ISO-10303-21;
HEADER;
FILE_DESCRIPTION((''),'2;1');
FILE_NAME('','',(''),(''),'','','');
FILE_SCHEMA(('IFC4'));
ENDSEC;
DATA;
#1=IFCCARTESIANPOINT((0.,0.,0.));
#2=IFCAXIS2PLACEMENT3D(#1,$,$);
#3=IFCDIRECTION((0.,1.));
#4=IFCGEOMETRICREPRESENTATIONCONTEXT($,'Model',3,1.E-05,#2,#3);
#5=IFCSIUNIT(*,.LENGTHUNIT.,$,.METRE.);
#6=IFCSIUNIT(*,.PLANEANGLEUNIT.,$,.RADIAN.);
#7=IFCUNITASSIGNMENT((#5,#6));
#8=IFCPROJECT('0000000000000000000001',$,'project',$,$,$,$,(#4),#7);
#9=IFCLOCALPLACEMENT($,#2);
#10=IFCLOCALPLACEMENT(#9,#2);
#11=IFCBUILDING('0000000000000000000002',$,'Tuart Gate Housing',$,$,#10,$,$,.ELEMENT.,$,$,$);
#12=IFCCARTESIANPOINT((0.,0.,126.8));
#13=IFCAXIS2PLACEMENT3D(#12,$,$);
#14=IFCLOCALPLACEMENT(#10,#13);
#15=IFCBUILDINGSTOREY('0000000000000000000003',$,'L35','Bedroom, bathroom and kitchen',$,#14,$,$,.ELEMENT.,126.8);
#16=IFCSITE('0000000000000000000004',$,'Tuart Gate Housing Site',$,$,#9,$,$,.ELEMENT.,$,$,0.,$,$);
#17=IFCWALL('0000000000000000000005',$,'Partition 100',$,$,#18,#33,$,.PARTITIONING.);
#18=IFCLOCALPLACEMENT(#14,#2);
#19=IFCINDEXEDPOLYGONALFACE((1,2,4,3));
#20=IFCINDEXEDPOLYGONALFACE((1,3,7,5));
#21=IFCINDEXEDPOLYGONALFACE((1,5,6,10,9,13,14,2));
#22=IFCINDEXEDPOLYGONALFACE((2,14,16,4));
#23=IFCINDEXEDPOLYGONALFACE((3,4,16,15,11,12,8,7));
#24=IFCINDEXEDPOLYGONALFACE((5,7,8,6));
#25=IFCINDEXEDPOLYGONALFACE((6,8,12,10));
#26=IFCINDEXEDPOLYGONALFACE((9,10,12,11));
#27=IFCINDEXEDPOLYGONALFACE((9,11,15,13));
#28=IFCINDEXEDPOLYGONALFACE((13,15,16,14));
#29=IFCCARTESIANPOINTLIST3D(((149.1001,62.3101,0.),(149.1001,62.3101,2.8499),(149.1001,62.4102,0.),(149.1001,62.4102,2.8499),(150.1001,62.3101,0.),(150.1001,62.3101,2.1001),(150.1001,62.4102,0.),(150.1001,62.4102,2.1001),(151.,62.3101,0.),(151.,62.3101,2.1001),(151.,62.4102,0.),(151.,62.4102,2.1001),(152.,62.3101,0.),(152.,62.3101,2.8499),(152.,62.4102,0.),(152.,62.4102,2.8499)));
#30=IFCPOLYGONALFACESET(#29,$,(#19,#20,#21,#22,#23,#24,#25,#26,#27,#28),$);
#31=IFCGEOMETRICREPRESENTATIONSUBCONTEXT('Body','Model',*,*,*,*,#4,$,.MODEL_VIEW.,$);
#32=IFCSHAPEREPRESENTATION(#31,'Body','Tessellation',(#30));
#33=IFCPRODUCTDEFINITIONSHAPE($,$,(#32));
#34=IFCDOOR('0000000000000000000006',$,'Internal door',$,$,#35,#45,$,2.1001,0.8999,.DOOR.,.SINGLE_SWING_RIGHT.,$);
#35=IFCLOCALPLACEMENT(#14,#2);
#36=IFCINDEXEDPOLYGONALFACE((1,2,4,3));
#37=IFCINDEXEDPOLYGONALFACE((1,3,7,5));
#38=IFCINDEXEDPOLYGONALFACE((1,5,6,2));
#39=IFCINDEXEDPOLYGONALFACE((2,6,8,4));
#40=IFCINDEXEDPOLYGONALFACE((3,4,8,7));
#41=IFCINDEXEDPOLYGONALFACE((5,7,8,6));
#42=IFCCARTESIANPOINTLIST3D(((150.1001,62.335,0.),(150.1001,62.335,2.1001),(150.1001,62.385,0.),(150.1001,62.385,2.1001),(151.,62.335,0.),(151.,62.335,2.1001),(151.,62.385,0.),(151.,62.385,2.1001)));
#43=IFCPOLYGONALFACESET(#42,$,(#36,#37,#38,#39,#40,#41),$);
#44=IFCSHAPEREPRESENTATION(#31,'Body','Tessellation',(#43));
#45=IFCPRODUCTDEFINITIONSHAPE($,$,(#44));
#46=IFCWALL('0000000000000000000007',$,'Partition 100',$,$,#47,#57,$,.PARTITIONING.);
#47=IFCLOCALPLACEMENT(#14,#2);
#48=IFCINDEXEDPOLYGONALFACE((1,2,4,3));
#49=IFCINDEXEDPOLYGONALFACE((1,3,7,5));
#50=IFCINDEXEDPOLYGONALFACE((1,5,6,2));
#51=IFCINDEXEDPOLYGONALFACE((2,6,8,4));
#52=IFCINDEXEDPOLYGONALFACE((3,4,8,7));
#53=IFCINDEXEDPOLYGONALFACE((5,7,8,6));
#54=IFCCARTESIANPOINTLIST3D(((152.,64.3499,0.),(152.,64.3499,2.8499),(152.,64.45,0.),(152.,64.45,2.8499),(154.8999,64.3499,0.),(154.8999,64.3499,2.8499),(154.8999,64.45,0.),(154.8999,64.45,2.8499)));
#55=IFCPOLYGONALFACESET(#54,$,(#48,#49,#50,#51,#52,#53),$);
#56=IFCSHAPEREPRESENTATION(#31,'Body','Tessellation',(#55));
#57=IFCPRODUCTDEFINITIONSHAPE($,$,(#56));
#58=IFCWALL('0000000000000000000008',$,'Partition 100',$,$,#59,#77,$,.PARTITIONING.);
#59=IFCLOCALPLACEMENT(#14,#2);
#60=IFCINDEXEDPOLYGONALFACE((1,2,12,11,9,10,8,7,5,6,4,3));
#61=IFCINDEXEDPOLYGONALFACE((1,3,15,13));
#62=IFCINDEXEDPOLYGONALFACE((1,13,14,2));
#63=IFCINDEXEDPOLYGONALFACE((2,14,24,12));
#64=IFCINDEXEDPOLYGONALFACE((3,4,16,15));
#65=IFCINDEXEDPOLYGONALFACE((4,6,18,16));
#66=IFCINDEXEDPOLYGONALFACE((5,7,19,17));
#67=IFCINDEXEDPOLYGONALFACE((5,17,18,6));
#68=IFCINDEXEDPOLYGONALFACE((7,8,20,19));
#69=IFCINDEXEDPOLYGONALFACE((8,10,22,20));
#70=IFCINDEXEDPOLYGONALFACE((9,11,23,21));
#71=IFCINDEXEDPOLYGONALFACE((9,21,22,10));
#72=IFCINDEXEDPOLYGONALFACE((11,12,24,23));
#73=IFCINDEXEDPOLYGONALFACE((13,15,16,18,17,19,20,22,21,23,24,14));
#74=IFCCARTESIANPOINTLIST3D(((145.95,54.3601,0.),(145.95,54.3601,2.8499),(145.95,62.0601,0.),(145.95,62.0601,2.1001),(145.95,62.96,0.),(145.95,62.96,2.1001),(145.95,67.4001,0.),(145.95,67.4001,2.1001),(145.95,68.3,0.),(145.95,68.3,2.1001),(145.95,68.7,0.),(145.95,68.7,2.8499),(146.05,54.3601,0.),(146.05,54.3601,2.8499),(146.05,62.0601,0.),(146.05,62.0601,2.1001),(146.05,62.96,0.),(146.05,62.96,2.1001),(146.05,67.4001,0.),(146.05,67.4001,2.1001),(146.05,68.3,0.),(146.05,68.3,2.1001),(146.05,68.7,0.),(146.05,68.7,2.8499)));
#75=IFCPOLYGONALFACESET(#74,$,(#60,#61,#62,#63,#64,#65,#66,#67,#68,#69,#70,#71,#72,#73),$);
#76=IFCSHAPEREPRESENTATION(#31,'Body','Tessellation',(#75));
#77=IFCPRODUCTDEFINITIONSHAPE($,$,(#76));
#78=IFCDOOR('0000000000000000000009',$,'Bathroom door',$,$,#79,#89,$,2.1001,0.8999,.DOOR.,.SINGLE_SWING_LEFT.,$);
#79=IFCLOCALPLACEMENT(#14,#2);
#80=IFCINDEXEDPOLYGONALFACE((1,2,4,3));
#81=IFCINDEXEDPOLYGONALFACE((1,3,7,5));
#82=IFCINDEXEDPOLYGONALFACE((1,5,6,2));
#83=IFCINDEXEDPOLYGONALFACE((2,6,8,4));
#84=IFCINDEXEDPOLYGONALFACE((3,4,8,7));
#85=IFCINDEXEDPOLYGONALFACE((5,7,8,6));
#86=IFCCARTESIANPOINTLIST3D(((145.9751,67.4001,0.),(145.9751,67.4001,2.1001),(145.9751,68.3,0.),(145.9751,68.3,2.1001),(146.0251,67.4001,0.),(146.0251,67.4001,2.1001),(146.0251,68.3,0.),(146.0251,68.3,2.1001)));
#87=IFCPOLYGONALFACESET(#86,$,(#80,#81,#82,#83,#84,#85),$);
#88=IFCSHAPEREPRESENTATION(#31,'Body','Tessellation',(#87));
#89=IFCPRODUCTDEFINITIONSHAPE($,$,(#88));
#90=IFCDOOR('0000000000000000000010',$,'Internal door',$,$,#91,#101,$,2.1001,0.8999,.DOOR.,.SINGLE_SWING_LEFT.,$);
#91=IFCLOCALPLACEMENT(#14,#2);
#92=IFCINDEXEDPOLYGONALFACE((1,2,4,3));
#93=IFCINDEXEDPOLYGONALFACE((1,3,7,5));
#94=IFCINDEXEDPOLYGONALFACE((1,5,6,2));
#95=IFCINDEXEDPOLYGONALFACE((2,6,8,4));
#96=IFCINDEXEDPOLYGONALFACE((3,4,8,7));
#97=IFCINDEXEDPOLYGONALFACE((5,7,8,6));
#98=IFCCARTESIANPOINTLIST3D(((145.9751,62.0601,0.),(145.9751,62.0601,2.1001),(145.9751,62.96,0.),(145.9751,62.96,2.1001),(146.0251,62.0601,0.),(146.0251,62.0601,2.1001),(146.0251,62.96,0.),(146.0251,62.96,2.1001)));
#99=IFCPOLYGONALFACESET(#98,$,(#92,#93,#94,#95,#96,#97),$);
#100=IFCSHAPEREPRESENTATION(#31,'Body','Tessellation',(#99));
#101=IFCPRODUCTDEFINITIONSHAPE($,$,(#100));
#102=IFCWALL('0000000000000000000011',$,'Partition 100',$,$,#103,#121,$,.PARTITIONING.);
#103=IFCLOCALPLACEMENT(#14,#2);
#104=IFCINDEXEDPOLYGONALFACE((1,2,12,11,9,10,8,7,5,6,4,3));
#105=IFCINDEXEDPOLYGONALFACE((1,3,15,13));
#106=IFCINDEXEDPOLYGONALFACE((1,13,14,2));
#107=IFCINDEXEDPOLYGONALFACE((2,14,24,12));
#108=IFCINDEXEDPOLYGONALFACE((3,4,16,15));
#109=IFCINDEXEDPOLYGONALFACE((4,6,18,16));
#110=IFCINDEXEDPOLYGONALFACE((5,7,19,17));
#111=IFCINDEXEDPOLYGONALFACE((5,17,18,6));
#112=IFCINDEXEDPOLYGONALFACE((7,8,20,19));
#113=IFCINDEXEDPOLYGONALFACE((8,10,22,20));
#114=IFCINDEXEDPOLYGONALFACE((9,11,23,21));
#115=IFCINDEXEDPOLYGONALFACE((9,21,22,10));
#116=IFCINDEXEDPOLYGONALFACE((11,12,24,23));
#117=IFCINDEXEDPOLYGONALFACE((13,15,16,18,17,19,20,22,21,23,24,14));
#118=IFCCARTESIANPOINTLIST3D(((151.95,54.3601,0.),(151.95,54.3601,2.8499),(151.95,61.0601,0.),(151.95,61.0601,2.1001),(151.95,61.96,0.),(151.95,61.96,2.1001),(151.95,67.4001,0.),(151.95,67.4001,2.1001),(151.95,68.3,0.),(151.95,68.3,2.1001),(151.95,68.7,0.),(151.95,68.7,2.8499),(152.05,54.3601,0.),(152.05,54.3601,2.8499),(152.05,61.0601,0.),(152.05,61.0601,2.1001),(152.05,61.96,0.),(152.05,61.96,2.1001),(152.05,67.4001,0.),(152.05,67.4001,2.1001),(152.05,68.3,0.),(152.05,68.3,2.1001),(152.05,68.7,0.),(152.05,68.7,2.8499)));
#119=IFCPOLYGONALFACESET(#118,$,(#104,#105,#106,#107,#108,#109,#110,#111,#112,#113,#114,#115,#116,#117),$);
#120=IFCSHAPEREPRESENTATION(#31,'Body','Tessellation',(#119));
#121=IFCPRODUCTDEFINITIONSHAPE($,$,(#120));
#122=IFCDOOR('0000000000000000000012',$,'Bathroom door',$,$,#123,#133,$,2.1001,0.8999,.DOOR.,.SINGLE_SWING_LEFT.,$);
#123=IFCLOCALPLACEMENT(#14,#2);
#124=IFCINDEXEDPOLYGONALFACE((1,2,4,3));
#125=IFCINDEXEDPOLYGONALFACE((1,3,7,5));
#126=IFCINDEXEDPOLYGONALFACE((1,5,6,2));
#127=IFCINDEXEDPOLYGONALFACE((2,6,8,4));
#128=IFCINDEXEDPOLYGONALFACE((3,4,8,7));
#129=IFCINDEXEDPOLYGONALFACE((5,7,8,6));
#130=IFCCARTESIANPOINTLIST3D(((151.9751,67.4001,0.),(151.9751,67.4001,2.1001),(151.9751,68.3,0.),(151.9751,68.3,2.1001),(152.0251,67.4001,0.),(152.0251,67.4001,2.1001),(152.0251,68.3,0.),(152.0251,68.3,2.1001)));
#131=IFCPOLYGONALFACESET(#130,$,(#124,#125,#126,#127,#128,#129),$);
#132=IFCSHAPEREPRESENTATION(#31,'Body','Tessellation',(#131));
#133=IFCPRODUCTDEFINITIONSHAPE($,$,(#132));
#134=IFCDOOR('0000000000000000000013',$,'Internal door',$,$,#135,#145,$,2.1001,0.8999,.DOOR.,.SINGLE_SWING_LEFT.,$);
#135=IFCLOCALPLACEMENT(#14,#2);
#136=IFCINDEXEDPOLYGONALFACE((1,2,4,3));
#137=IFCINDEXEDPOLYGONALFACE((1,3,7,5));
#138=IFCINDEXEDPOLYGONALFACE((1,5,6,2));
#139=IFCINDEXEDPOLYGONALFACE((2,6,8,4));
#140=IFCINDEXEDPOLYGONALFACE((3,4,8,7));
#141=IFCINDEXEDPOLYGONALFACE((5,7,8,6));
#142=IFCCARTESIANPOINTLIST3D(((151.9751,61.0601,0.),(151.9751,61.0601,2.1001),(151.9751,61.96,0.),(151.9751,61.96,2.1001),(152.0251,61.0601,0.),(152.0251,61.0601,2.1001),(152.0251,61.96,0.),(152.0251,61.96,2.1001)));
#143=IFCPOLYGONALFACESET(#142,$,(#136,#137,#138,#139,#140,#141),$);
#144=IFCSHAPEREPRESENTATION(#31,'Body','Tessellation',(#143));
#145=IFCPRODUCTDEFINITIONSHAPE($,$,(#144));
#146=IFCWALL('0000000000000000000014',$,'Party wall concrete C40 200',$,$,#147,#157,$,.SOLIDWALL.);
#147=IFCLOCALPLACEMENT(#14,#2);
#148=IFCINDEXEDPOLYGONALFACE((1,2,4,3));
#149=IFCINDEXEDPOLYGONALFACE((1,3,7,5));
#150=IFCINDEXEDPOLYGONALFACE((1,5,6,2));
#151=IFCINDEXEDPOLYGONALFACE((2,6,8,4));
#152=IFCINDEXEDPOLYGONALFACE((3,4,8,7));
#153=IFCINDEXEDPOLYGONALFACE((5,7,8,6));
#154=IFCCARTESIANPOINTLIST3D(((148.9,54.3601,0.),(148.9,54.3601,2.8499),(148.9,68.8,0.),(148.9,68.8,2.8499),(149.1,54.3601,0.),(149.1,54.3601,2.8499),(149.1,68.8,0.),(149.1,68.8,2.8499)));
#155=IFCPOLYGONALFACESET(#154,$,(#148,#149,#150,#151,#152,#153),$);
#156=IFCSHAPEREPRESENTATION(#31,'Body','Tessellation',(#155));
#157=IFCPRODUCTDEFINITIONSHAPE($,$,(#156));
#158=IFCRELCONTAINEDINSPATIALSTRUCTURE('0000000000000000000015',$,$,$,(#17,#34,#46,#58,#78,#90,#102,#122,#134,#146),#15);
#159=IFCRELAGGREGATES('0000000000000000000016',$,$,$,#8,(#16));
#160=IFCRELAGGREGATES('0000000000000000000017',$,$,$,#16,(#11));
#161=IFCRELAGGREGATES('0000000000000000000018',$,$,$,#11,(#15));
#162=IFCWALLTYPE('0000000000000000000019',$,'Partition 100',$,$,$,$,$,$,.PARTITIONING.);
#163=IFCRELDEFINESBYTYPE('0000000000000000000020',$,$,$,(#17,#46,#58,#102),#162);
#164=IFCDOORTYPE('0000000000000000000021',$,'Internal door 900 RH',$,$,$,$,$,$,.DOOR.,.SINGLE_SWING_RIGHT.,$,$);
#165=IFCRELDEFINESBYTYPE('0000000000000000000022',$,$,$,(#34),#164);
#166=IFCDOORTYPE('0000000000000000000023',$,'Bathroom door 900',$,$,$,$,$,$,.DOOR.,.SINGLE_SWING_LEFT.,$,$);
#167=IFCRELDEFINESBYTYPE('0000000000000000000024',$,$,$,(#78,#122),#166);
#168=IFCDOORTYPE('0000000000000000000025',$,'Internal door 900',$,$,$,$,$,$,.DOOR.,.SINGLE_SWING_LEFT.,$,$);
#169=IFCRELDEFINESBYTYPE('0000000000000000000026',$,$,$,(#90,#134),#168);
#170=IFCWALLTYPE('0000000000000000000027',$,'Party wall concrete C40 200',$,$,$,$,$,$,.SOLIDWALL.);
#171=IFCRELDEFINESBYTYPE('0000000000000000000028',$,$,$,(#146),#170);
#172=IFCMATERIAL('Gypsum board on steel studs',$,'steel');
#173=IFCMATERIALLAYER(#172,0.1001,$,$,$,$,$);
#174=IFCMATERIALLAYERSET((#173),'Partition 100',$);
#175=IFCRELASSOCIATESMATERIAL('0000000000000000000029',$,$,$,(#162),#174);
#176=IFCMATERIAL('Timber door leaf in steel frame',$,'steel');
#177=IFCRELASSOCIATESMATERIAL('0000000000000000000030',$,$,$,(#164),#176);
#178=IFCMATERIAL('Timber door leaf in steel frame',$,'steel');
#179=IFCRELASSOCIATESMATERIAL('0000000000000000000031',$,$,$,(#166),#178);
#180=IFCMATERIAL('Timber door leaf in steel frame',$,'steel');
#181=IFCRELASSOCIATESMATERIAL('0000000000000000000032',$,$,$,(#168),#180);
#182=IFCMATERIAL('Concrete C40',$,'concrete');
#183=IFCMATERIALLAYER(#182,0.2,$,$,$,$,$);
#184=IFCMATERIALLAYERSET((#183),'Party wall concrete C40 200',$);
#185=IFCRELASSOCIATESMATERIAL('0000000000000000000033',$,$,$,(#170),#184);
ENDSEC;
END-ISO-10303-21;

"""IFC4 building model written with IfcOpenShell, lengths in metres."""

from ifc_helpers import new_model, si_unit, direction, frame, frame_2d, origin, place, context, subcontext, project, spatial, rectangle, extrude, material, layer, layer_set, type_object, element, fill, save


model = new_model("IFC4")

# Units and contexts
model_context = context("Model", 3, precision=1e-05, world=origin(), true_north=direction((0.0, 1.0)))
body_context = subcontext(model_context, "Body", "Model", "MODEL_VIEW")
ifc_project = project(units=[si_unit("LENGTHUNIT", "METRE"), si_unit("PLANEANGLEUNIT", "RADIAN")], contexts=[model_context])

# Site, building, storey
site_placement = place(None, origin())
site = spatial("IfcSite", under=ifc_project, at=site_placement, Name="Tuart Gate Housing Site", CompositionType="ELEMENT", RefElevation=0.0)
building_placement = place(site_placement, origin())
building = spatial("IfcBuilding", under=site, at=building_placement, Name="Tuart Gate Housing", CompositionType="ELEMENT")
storey_placement = place(building_placement, frame((0.0, 0.0, 126.8)))
storey = spatial("IfcBuildingStorey", under=building, at=storey_placement, Name="L35", Description="Bedroom, bathroom and kitchen", CompositionType="ELEMENT", Elevation=126.8)

# Shared definitions
ifc_material_1 = material(Name="Gypsum board on steel studs", Category="steel")
ifc_layer_1 = layer(ifc_material_1, 0.1001)
ifc_layer_set_1 = layer_set([ifc_layer_1], Name="Partition 100")
wall_type_1 = type_object("IfcWallType", Name="Partition 100", PredefinedType="PARTITIONING", material=ifc_layer_set_1)

# Wall, opening, door
wall_1_placement = place(storey_placement, frame((149.1001, 62.3601, 0.0), z_axis=(0.0, 0.0, 1.0), x_axis=(1.0, 0.0, 0.0)))
wall_1 = element("IfcWall", 1, at=wall_1_placement, inside=storey, type_object=wall_type_1, Name="Partition 100", PredefinedType="PARTITIONING", context=body_context, shape_type="SweptSolid", body=[
    extrude(rectangle(XDim=2.8999, YDim=0.1001, at=frame_2d((1.45, 0.0))), origin(), (0.0, 0.0, 1.0), 2.8499),
])
opening_1_placement = place(wall_1_placement, frame((1.0, 0.0, 0.0)))
opening_1 = element("IfcOpeningElement", 2, at=opening_1_placement, cuts=wall_1, PredefinedType="OPENING", context=body_context, shape_type="SweptSolid", body=[
    extrude(rectangle(XDim=0.8999, YDim=2.1001, at=frame_2d((0.45, 1.05))), frame((0.0, 0.0601, 0.0), z_axis=(0.0, -1.0, 0.0), x_axis=(1.0, 0.0, 0.0)), (0.0, 0.0, 1.0), 0.1201),
])
ifc_material_2 = material(Name="Timber door leaf in steel frame", Category="steel")
door_type_1 = type_object("IfcDoorType", Name="Internal door 900 RH", OperationType="SINGLE_SWING_RIGHT", PredefinedType="DOOR", material=ifc_material_2)
door_1_placement = place(opening_1_placement, origin())
door_1 = element("IfcDoor", 3, at=door_1_placement, inside=storey, type_object=door_type_1, Name="Internal door", OperationType="SINGLE_SWING_RIGHT", OverallHeight=2.1001, OverallWidth=0.8999, PredefinedType="DOOR", context=body_context, shape_type="SweptSolid", body=[
    extrude(rectangle(XDim=0.8999, YDim=2.1001, at=frame_2d((0.45, 1.05))), frame((0.0, 0.0249, 0.0), z_axis=(0.0, -1.0, 0.0), x_axis=(1.0, 0.0, 0.0)), (0.0, 0.0, 1.0), 0.05),
])
fill(opening_1, door_1)

# Wall
wall_2_placement = place(storey_placement, frame((152.0, 64.3999, 0.0), z_axis=(0.0, 0.0, 1.0), x_axis=(1.0, 0.0, 0.0)))
element("IfcWall", 4, at=wall_2_placement, inside=storey, type_object=wall_type_1, Name="Partition 100", PredefinedType="PARTITIONING", context=body_context, shape_type="SweptSolid", body=[
    extrude(rectangle(XDim=2.8999, YDim=0.1001, at=frame_2d((1.45, 0.0))), origin(), (0.0, 0.0, 1.0), 2.8499),
])

# Walls, openings, doors
wall_3_placement = place(storey_placement, frame((146.0, 54.3601, 0.0), z_axis=(0.0, 0.0, 1.0), x_axis=(0.0, 1.0, 0.0)))
wall_3 = element("IfcWall", 5, at=wall_3_placement, inside=storey, type_object=wall_type_1, Name="Partition 100", PredefinedType="PARTITIONING", context=body_context, shape_type="SweptSolid", body=[
    extrude(rectangle(XDim=14.3398, YDim=0.1001, at=frame_2d((7.1699, 0.0))), origin(), (0.0, 0.0, 1.0), 2.8499),
])
opening_2_placement = place(wall_3_placement, frame((7.7, 0.0, 0.0)))
opening_2 = element("IfcOpeningElement", 6, at=opening_2_placement, cuts=wall_3, PredefinedType="OPENING", context=body_context, shape_type="SweptSolid", body=[
    extrude(rectangle(XDim=0.8999, YDim=2.1001, at=frame_2d((0.45, 1.05))), frame((0.0, 0.0601, 0.0), z_axis=(0.0, -1.0, 0.0), x_axis=(1.0, 0.0, 0.0)), (0.0, 0.0, 1.0), 0.1201),
])
opening_3_placement = place(wall_3_placement, frame((13.04, 0.0, 0.0)))
opening_3 = element("IfcOpeningElement", 7, at=opening_3_placement, cuts=wall_3, PredefinedType="OPENING", context=body_context, shape_type="SweptSolid", body=[
    extrude(rectangle(XDim=0.8999, YDim=2.1001, at=frame_2d((0.45, 1.05))), frame((0.0, 0.0601, 0.0), z_axis=(0.0, -1.0, 0.0), x_axis=(1.0, 0.0, 0.0)), (0.0, 0.0, 1.0), 0.1201),
])
ifc_material_3 = material(Name="Timber door leaf in steel frame", Category="steel")
door_type_2 = type_object("IfcDoorType", Name="Bathroom door 900", OperationType="SINGLE_SWING_LEFT", PredefinedType="DOOR", material=ifc_material_3)
door_2_placement = place(opening_3_placement, frame((0.8999, 0.0, 0.0), z_axis=(0.0, 0.0, 1.0), x_axis=(-1.0, 0.0, 0.0)))
door_2 = element("IfcDoor", 8, at=door_2_placement, inside=storey, type_object=door_type_2, Name="Bathroom door", OperationType="SINGLE_SWING_LEFT", OverallHeight=2.1001, OverallWidth=0.8999, PredefinedType="DOOR", context=body_context, shape_type="SweptSolid", body=[
    extrude(rectangle(XDim=0.8999, YDim=2.1001, at=frame_2d((0.45, 1.05))), frame((0.0, 0.0251, 0.0), z_axis=(0.0, -1.0, 0.0), x_axis=(1.0, 0.0, 0.0)), (0.0, 0.0, 1.0), 0.05),
])
fill(opening_3, door_2)
ifc_material_4 = material(Name="Timber door leaf in steel frame", Category="steel")
door_type_3 = type_object("IfcDoorType", Name="Internal door 900", OperationType="SINGLE_SWING_LEFT", PredefinedType="DOOR", material=ifc_material_4)
door_3_placement = place(opening_2_placement, frame((0.8999, 0.0, 0.0), z_axis=(0.0, 0.0, 1.0), x_axis=(-1.0, 0.0, 0.0)))
door_3 = element("IfcDoor", 9, at=door_3_placement, inside=storey, type_object=door_type_3, Name="Internal door", OperationType="SINGLE_SWING_LEFT", OverallHeight=2.1001, OverallWidth=0.8999, PredefinedType="DOOR", context=body_context, shape_type="SweptSolid", body=[
    extrude(rectangle(XDim=0.8999, YDim=2.1001, at=frame_2d((0.45, 1.05))), frame((0.0, 0.0251, 0.0), z_axis=(0.0, -1.0, 0.0), x_axis=(1.0, 0.0, 0.0)), (0.0, 0.0, 1.0), 0.05),
])
fill(opening_2, door_3)
wall_4_placement = place(storey_placement, frame((152.0, 54.3601, 0.0), z_axis=(0.0, 0.0, 1.0), x_axis=(0.0, 1.0, 0.0)))
wall_4 = element("IfcWall", 10, at=wall_4_placement, inside=storey, type_object=wall_type_1, Name="Partition 100", PredefinedType="PARTITIONING", context=body_context, shape_type="SweptSolid", body=[
    extrude(rectangle(XDim=14.3398, YDim=0.1001, at=frame_2d((7.1699, 0.0))), origin(), (0.0, 0.0, 1.0), 2.8499),
])
opening_4_placement = place(wall_4_placement, frame((6.7, 0.0, 0.0)))
opening_4 = element("IfcOpeningElement", 11, at=opening_4_placement, cuts=wall_4, PredefinedType="OPENING", context=body_context, shape_type="SweptSolid", body=[
    extrude(rectangle(XDim=0.8999, YDim=2.1001, at=frame_2d((0.45, 1.05))), frame((0.0, 0.0601, 0.0), z_axis=(0.0, -1.0, 0.0), x_axis=(1.0, 0.0, 0.0)), (0.0, 0.0, 1.0), 0.1201),
])
opening_5_placement = place(wall_4_placement, frame((13.04, 0.0, 0.0)))
opening_5 = element("IfcOpeningElement", 12, at=opening_5_placement, cuts=wall_4, PredefinedType="OPENING", context=body_context, shape_type="SweptSolid", body=[
    extrude(rectangle(XDim=0.8999, YDim=2.1001, at=frame_2d((0.45, 1.05))), frame((0.0, 0.0601, 0.0), z_axis=(0.0, -1.0, 0.0), x_axis=(1.0, 0.0, 0.0)), (0.0, 0.0, 1.0), 0.1201),
])
door_4_placement = place(opening_5_placement, frame((0.8999, 0.0, 0.0), z_axis=(0.0, 0.0, 1.0), x_axis=(-1.0, 0.0, 0.0)))
door_4 = element("IfcDoor", 13, at=door_4_placement, inside=storey, type_object=door_type_2, Name="Bathroom door", OperationType="SINGLE_SWING_LEFT", OverallHeight=2.1001, OverallWidth=0.8999, PredefinedType="DOOR", context=body_context, shape_type="SweptSolid", body=[
    extrude(rectangle(XDim=0.8999, YDim=2.1001, at=frame_2d((0.45, 1.05))), frame((0.0, 0.0251, 0.0), z_axis=(0.0, -1.0, 0.0), x_axis=(1.0, 0.0, 0.0)), (0.0, 0.0, 1.0), 0.05),
])
fill(opening_5, door_4)
door_5_placement = place(opening_4_placement, frame((0.8999, 0.0, 0.0), z_axis=(0.0, 0.0, 1.0), x_axis=(-1.0, 0.0, 0.0)))
door_5 = element("IfcDoor", 14, at=door_5_placement, inside=storey, type_object=door_type_3, Name="Internal door", OperationType="SINGLE_SWING_LEFT", OverallHeight=2.1001, OverallWidth=0.8999, PredefinedType="DOOR", context=body_context, shape_type="SweptSolid", body=[
    extrude(rectangle(XDim=0.8999, YDim=2.1001, at=frame_2d((0.45, 1.05))), frame((0.0, 0.0251, 0.0), z_axis=(0.0, -1.0, 0.0), x_axis=(1.0, 0.0, 0.0)), (0.0, 0.0, 1.0), 0.05),
])
fill(opening_4, door_5)

# Wall
ifc_material_5 = material(Name="Concrete C40", Category="concrete")
ifc_layer_2 = layer(ifc_material_5, 0.2)
ifc_layer_set_2 = layer_set([ifc_layer_2], Name="Party wall concrete C40 200")
wall_type_2 = type_object("IfcWallType", Name="Party wall concrete C40 200", PredefinedType="SOLIDWALL", material=ifc_layer_set_2)
wall_5_placement = place(storey_placement, frame((149.0, 54.3601, 0.0), z_axis=(0.0, 0.0, 1.0), x_axis=(0.0, 1.0, 0.0)))
element("IfcWall", 15, at=wall_5_placement, inside=storey, type_object=wall_type_2, Name="Party wall concrete C40 200", PredefinedType="SOLIDWALL", context=body_context, shape_type="SweptSolid", body=[
    extrude(rectangle(XDim=14.4399, YDim=0.2, at=frame_2d((7.22, 0.0))), origin(), (0.0, 0.0, 1.0), 2.8499),
])

save(model, "model.ifc")
